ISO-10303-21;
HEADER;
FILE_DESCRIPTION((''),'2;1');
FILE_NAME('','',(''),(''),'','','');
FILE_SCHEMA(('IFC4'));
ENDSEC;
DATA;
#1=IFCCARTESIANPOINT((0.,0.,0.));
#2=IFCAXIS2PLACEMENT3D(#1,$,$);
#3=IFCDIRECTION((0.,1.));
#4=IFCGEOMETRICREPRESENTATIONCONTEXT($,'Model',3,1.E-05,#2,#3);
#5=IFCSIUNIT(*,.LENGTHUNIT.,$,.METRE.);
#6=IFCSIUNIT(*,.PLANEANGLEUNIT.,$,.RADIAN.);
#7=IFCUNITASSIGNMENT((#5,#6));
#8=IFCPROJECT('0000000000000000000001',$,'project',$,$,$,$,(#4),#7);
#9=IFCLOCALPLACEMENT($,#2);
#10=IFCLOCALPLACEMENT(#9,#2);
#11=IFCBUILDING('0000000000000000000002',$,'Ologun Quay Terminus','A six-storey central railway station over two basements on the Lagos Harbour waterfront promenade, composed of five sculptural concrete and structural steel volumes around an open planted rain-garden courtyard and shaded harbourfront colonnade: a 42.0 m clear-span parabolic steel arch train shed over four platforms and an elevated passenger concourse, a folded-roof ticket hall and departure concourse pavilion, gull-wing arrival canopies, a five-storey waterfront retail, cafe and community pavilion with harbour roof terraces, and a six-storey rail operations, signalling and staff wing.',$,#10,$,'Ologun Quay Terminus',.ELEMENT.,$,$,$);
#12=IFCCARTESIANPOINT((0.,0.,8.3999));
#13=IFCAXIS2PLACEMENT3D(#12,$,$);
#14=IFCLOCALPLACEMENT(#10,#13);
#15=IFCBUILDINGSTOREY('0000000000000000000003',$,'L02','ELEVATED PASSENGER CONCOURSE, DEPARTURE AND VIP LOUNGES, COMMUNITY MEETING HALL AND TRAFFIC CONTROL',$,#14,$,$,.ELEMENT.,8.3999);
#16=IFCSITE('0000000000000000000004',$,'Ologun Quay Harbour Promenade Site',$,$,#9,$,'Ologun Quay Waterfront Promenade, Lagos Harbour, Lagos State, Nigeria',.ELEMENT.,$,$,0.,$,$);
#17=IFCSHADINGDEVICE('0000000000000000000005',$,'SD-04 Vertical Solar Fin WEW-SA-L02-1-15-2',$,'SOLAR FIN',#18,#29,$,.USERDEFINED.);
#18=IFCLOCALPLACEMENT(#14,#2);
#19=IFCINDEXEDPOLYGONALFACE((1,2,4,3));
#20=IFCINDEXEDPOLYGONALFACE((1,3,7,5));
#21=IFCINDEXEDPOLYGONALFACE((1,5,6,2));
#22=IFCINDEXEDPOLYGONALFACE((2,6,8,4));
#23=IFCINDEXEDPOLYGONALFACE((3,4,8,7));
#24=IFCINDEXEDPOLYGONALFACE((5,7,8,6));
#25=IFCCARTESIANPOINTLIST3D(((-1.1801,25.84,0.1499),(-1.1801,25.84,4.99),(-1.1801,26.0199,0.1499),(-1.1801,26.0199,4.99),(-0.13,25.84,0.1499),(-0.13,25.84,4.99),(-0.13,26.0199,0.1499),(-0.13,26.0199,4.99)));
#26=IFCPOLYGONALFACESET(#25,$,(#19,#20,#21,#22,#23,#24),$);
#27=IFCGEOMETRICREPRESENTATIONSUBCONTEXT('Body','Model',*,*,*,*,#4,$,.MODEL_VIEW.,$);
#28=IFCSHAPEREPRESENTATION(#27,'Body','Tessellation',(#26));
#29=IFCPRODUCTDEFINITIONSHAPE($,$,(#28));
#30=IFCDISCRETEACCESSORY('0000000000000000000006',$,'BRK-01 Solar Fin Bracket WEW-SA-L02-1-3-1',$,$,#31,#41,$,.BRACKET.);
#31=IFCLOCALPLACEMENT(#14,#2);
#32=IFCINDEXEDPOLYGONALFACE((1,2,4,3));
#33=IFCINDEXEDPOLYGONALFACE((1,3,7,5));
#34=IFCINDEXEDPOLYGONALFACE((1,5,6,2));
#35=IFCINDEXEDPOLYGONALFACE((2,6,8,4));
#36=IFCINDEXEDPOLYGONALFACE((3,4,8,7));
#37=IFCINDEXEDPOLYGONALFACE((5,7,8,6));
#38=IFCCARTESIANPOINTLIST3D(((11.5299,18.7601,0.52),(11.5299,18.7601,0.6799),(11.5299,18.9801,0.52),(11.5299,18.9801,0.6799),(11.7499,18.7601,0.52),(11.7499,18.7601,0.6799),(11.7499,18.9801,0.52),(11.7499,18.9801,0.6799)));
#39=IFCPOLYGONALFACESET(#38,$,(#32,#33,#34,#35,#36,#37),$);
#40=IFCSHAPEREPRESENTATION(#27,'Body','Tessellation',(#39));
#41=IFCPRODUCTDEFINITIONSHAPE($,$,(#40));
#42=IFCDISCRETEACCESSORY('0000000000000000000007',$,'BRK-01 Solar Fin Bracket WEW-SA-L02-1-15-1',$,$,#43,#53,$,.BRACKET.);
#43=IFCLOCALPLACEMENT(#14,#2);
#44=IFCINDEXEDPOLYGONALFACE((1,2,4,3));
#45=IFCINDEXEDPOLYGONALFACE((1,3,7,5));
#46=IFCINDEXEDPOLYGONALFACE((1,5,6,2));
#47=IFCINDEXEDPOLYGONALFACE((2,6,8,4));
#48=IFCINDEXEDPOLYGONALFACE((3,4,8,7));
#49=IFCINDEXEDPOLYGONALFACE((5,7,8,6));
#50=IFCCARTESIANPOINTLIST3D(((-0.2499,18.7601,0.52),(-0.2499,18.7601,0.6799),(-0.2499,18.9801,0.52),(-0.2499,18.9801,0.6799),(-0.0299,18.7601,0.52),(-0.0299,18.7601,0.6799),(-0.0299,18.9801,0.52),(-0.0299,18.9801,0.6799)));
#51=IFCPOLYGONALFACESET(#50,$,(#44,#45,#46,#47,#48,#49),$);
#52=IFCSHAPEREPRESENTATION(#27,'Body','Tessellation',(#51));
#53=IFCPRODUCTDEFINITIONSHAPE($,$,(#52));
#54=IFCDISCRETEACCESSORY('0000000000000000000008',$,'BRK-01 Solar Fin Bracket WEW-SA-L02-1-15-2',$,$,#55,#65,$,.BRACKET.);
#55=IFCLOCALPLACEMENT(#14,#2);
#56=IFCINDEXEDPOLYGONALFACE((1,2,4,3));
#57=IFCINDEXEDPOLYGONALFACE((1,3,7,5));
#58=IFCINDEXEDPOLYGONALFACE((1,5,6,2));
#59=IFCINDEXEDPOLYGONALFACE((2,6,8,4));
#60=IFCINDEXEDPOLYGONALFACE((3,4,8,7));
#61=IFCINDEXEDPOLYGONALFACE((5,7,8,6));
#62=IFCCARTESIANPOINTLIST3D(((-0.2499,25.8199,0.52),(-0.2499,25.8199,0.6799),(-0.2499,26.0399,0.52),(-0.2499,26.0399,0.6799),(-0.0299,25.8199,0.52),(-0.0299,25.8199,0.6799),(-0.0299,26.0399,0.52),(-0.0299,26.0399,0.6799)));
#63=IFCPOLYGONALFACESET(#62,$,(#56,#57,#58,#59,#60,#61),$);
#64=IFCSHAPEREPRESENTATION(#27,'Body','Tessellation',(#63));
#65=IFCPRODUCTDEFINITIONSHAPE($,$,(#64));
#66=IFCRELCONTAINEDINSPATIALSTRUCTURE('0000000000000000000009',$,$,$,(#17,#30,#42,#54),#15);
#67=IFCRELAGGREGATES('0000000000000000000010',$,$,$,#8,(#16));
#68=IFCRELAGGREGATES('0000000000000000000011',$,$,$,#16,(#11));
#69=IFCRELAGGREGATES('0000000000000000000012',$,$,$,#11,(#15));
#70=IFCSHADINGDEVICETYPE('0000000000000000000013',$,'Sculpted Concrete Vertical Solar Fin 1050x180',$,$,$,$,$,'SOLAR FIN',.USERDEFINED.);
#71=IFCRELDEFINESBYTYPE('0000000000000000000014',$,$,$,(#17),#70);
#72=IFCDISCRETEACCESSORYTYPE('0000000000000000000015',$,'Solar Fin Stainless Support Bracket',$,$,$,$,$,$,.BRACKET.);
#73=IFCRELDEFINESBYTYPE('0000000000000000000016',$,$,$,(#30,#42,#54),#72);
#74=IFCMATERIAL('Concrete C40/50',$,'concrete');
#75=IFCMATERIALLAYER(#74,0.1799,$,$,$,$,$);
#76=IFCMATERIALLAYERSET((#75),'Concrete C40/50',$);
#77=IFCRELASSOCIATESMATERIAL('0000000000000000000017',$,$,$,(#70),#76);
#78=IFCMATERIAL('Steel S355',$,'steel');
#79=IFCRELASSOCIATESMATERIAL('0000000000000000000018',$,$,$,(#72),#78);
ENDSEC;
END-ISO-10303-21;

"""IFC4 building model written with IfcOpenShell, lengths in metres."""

from ifc_helpers import new_model, si_unit, direction, frame, origin, origin_2d, place, context, subcontext, project, spatial, rectangle, extrude, material, layer, layer_set, type_object, element, save


model = new_model("IFC4")

# Units and contexts
model_context = context("Model", 3, precision=1e-05, world=origin(), true_north=direction((0.0, 1.0)))
body_context = subcontext(model_context, "Body", "Model", "MODEL_VIEW")
ifc_project = project(units=[si_unit("LENGTHUNIT", "METRE"), si_unit("PLANEANGLEUNIT", "RADIAN")], contexts=[model_context])

# Site, building, storey
site_placement = place(None, origin())
site = spatial("IfcSite", under=ifc_project, at=site_placement, Name="Ologun Quay Harbour Promenade Site", LongName="Ologun Quay Waterfront Promenade, Lagos Harbour, Lagos State, Nigeria", CompositionType="ELEMENT", RefElevation=0.0)
building_placement = place(site_placement, origin())
building = spatial("IfcBuilding", under=site, at=building_placement, Name="Ologun Quay Terminus", Description="A six-storey central railway station over two basements on the Lagos Harbour waterfront promenade, composed of five sculptural concrete and structural steel volumes around an open planted rain-garden courtyard and shaded harbourfront colonnade: a 42.0 m clear-span parabolic steel arch train shed over four platforms and an elevated passenger concourse, a folded-roof ticket hall and departure concourse pavilion, gull-wing arrival canopies, a five-storey waterfront retail, cafe and community pavilion with harbour roof terraces, and a six-storey rail operations, signalling and staff wing.", LongName="Ologun Quay Terminus", CompositionType="ELEMENT")
storey_placement = place(building_placement, frame((0.0, 0.0, 8.3999)))
storey = spatial("IfcBuildingStorey", under=building, at=storey_placement, Name="L02", Description="ELEVATED PASSENGER CONCOURSE, DEPARTURE AND VIP LOUNGES, COMMUNITY MEETING HALL AND TRAFFIC CONTROL", CompositionType="ELEMENT", Elevation=8.3999)

# Shading device
ifc_material_1 = material(Name="Concrete C40/50", Category="concrete")
ifc_layer_1 = layer(ifc_material_1, 0.1799)
ifc_layer_set_1 = layer_set([ifc_layer_1], Name="Concrete C40/50")
shading_device_type = type_object("IfcShadingDeviceType", Name="Sculpted Concrete Vertical Solar Fin 1050x180", ElementType="SOLAR FIN", PredefinedType="USERDEFINED", material=ifc_layer_set_1)
for number, where, z_axis, x_axis, name in (
    (1, (-0.655, 25.9299, 0.1499), (0.0, 0.0, 1.0), (1.0, 0.0, 0.0), "SD-04 Vertical Solar Fin WEW-SA-L02-1-15-2"),
):
    element("IfcShadingDevice", number, at=place(storey_placement, frame(where, z_axis=z_axis, x_axis=x_axis)), inside=storey, type_object=shading_device_type, Name=name, ObjectType="SOLAR FIN", PredefinedType="USERDEFINED", context=body_context, shape_type="SweptSolid", body=[
        extrude(rectangle(XDim=1.05, YDim=0.1799, at=origin_2d()), origin(), (0.0, 0.0, 1.0), 4.8401),
    ])

# Discrete accessories
ifc_material_2 = material(Name="Steel S355", Category="steel")
discrete_accessory_type = type_object("IfcDiscreteAccessoryType", Name="Solar Fin Stainless Support Bracket", PredefinedType="BRACKET", material=ifc_material_2)
for number, where, z_axis, x_axis, name in (
    (2, (11.6399, 18.8701, 0.52), (0.0, 0.0, 1.0), (1.0, 0.0, 0.0), "BRK-01 Solar Fin Bracket WEW-SA-L02-1-3-1"),
    (3, (-0.1399, 18.8701, 0.52), (0.0, 0.0, 1.0), (1.0, 0.0, 0.0), "BRK-01 Solar Fin Bracket WEW-SA-L02-1-15-1"),
    (4, (-0.1399, 25.9299, 0.52), (0.0, 0.0, 1.0), (1.0, 0.0, 0.0), "BRK-01 Solar Fin Bracket WEW-SA-L02-1-15-2"),
):
    element("IfcDiscreteAccessory", number, at=place(storey_placement, frame(where, z_axis=z_axis, x_axis=x_axis)), inside=storey, type_object=discrete_accessory_type, Name=name, PredefinedType="BRACKET", context=body_context, shape_type="SweptSolid", body=[
        extrude(rectangle(XDim=0.22, YDim=0.22, at=origin_2d()), origin(), (0.0, 0.0, 1.0), 0.1599),
    ])

save(model, "model.ifc")
